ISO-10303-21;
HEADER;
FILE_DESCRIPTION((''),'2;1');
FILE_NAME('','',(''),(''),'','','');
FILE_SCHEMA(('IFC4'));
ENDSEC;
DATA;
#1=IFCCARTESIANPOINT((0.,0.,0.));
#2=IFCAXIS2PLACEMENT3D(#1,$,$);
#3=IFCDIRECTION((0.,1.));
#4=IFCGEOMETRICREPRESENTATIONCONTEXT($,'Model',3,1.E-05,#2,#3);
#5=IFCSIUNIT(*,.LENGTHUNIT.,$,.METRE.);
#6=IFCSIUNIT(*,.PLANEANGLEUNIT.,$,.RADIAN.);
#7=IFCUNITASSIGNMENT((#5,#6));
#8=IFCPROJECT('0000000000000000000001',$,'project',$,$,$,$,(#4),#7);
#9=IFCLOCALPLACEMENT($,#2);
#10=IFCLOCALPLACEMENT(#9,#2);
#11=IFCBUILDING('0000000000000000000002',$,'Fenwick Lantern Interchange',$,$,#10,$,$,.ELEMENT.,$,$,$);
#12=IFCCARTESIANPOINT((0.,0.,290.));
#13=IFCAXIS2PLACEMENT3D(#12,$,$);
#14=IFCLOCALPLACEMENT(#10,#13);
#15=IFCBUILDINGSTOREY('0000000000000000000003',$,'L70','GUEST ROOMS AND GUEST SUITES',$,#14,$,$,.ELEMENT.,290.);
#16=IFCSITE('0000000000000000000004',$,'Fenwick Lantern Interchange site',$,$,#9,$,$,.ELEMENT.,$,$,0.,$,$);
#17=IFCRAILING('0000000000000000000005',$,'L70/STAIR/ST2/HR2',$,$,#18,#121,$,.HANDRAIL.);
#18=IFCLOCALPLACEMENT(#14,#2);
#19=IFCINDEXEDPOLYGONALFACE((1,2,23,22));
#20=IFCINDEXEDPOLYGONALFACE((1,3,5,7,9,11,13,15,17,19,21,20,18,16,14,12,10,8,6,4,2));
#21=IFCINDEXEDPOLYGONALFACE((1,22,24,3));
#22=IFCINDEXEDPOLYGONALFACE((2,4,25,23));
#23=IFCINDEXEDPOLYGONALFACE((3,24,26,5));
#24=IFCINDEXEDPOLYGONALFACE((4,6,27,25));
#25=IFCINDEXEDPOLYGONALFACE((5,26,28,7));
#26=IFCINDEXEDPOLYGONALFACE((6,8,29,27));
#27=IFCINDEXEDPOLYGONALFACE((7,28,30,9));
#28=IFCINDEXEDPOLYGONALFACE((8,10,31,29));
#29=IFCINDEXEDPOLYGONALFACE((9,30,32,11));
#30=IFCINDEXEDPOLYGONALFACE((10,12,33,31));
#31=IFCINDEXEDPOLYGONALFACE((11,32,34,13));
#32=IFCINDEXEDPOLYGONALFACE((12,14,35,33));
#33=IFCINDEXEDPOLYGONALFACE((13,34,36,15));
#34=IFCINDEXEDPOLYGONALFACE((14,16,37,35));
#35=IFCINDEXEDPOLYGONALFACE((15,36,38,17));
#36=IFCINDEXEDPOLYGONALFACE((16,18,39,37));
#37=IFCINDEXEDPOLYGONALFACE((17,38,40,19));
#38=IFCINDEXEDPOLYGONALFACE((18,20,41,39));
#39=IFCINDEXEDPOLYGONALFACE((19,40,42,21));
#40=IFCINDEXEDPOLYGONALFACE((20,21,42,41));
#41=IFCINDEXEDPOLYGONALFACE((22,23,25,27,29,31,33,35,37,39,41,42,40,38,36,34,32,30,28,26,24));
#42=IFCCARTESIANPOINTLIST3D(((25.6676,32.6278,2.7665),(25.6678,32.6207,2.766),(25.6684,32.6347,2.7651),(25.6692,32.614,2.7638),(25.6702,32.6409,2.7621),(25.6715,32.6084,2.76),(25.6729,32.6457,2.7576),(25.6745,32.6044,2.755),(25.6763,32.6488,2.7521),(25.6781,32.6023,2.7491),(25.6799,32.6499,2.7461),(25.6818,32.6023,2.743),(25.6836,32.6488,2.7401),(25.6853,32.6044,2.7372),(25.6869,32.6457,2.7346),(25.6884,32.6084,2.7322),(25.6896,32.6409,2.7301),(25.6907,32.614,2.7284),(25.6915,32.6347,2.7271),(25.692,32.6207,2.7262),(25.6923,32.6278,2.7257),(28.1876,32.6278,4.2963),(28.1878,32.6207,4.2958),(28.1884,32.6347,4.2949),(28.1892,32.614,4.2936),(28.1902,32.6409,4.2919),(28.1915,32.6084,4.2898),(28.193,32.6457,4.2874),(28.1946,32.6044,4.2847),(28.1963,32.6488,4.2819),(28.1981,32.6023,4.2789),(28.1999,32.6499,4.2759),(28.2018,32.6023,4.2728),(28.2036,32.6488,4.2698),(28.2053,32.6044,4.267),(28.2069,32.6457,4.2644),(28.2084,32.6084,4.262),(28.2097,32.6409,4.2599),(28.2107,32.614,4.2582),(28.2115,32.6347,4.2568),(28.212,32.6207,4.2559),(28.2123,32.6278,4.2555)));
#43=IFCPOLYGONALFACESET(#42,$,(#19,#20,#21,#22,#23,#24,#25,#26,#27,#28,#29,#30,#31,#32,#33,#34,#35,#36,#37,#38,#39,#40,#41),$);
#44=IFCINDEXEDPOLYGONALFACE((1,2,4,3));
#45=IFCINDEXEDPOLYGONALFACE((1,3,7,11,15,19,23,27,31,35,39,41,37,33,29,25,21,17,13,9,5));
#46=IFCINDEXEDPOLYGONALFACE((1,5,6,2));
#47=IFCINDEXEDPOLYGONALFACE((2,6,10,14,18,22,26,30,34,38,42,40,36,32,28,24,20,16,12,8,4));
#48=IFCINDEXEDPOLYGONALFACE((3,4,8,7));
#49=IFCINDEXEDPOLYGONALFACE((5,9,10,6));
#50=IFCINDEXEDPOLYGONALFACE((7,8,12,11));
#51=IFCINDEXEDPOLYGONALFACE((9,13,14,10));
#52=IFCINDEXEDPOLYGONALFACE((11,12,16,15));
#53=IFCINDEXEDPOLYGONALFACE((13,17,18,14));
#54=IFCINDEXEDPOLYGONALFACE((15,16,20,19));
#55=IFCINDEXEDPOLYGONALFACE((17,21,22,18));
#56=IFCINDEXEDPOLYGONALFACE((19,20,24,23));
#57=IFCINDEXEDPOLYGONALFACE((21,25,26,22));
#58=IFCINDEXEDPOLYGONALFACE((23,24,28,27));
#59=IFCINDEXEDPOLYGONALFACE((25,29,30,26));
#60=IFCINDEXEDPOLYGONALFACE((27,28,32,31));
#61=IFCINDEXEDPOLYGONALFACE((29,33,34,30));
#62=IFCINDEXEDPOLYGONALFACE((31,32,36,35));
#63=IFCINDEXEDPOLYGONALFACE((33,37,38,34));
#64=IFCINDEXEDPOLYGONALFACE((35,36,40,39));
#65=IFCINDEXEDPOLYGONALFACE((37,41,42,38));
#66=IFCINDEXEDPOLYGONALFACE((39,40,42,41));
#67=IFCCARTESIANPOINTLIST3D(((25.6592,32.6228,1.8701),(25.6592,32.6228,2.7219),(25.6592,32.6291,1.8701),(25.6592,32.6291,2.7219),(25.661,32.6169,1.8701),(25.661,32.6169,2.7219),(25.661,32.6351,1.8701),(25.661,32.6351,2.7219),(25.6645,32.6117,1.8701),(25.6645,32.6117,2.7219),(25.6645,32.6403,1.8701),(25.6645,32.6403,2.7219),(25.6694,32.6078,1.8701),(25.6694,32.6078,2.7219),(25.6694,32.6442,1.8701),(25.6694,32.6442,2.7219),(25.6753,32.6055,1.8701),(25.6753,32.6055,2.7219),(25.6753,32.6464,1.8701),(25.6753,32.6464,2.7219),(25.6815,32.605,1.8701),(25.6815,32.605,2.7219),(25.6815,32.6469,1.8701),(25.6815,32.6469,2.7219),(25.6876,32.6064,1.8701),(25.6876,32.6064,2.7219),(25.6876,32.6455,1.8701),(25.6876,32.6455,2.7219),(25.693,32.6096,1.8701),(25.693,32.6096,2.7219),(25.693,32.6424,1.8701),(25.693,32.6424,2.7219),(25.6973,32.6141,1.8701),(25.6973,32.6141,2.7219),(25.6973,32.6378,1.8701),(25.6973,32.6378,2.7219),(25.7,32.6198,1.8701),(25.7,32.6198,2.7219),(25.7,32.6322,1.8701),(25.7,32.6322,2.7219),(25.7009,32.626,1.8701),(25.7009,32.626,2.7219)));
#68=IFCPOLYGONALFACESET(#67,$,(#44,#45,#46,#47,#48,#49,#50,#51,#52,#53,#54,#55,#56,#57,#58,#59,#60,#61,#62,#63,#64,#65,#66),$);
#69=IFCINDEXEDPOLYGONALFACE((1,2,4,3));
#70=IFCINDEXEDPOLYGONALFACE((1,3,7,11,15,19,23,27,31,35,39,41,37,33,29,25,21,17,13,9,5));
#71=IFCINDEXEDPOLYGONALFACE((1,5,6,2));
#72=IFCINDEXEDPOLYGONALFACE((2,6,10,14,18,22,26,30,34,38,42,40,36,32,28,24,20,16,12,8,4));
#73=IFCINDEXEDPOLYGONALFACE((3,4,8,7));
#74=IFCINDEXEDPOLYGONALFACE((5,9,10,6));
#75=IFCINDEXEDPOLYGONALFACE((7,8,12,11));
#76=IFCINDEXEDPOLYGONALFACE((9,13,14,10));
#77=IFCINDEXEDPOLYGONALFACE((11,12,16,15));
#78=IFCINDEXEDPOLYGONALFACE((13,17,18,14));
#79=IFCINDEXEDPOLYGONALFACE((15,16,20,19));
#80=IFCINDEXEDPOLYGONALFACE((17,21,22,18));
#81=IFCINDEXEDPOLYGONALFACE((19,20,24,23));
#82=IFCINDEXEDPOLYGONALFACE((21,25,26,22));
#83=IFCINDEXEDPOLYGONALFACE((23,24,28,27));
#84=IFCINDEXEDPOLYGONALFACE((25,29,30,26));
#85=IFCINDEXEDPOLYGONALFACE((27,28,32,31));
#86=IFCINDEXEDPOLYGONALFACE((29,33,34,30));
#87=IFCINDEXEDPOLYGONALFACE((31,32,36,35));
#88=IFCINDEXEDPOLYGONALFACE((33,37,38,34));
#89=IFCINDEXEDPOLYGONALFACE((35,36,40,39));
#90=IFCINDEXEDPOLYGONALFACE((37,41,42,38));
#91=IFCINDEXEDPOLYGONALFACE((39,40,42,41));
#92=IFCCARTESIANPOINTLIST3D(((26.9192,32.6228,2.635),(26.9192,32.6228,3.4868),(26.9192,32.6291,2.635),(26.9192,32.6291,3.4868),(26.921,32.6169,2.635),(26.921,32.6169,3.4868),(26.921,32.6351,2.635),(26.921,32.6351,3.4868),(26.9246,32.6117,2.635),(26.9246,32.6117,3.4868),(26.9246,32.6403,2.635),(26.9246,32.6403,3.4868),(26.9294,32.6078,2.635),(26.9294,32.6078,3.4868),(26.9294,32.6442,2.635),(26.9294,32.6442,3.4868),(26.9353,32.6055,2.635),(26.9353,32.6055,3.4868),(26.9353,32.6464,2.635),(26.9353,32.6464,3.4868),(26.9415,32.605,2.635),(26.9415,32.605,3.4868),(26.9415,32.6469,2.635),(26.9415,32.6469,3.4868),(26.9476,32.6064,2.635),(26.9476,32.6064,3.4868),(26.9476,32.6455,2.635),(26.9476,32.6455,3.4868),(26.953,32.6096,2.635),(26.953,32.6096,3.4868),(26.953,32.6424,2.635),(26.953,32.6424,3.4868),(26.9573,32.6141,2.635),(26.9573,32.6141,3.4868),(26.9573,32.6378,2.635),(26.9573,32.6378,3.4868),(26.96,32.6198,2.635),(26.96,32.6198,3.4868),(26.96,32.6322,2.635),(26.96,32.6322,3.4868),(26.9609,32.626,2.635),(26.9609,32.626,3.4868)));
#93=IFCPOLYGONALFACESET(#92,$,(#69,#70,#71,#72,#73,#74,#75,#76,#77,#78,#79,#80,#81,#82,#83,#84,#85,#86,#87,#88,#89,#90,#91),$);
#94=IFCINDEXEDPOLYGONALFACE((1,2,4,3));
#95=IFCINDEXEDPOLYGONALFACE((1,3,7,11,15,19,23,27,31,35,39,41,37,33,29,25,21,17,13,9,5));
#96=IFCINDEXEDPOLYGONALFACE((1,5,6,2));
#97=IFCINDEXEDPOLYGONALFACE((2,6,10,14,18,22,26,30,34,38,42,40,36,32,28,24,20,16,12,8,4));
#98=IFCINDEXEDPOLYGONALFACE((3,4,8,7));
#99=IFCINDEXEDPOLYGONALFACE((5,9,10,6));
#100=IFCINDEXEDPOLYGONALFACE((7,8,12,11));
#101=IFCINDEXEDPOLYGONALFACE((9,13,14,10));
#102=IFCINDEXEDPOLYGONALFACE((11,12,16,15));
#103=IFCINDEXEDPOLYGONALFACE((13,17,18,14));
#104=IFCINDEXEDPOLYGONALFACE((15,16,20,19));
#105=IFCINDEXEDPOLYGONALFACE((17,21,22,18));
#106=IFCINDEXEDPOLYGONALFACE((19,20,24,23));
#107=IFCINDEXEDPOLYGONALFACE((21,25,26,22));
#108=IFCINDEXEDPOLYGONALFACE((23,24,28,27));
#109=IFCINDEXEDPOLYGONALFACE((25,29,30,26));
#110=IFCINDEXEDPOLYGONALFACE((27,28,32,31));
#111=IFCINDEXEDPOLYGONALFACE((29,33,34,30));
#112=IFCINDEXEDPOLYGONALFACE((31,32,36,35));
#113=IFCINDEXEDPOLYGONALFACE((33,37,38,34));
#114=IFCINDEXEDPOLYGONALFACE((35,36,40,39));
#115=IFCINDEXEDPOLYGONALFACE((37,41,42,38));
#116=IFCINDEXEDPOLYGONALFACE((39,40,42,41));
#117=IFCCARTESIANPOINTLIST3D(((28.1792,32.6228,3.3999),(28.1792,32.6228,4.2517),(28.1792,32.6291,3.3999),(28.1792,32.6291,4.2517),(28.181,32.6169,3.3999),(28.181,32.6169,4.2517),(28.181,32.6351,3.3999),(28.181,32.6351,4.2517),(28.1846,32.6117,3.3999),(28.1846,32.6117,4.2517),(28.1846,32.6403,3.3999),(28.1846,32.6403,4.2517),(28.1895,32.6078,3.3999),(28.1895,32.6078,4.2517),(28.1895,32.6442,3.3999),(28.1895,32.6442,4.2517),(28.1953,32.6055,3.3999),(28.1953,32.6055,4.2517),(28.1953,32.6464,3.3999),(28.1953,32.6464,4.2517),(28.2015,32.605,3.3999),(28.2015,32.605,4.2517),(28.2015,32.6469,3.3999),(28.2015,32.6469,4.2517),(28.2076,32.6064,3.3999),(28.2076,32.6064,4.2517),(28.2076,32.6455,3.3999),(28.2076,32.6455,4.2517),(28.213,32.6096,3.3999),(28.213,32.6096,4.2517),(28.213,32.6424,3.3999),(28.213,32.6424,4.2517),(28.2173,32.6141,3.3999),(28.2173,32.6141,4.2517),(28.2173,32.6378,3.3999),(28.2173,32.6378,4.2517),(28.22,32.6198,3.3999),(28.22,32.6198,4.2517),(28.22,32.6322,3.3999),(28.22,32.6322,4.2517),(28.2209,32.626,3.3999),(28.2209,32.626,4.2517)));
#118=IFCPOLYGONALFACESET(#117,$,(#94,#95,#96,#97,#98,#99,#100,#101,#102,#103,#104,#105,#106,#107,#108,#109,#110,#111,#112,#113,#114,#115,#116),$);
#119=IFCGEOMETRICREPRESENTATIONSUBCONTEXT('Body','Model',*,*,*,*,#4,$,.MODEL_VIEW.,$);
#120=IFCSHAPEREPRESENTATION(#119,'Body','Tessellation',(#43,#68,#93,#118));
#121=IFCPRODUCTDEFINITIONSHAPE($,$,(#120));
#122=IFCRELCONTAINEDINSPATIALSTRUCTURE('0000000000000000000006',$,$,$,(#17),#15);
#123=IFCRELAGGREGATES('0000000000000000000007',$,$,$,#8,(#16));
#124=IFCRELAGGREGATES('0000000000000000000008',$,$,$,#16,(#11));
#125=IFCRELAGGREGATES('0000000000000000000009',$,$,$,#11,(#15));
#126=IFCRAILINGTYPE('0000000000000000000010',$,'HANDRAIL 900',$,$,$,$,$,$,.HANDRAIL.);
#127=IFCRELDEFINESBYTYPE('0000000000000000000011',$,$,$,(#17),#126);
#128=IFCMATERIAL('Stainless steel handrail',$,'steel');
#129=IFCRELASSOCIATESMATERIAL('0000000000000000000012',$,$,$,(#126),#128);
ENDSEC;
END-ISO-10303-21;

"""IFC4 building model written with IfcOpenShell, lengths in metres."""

from ifc_helpers import new_model, si_unit, direction, frame, origin, origin_2d, place, context, subcontext, project, spatial, circle, extrude, material, type_object, element, save


model = new_model("IFC4")

# Units and contexts
model_context = context("Model", 3, precision=1e-05, world=origin(), true_north=direction((0.0, 1.0)))
body_context = subcontext(model_context, "Body", "Model", "MODEL_VIEW")
ifc_project = project(units=[si_unit("LENGTHUNIT", "METRE"), si_unit("PLANEANGLEUNIT", "RADIAN")], contexts=[model_context])

# Site, building, storey
site_placement = place(None, origin())
site = spatial("IfcSite", under=ifc_project, at=site_placement, Name="Fenwick Lantern Interchange site", CompositionType="ELEMENT", RefElevation=0.0)
building_placement = place(site_placement, origin())
building = spatial("IfcBuilding", under=site, at=building_placement, Name="Fenwick Lantern Interchange", CompositionType="ELEMENT")
storey_placement = place(building_placement, frame((0.0, 0.0, 290.0)))
storey = spatial("IfcBuildingStorey", under=building, at=storey_placement, Name="L70", Description="GUEST ROOMS AND GUEST SUITES", CompositionType="ELEMENT", Elevation=290.0)

# Railing
ifc_material_1 = material(Name="Stainless steel handrail", Category="steel")
railing_type = type_object("IfcRailingType", Name="HANDRAIL 900", PredefinedType="HANDRAIL", material=ifc_material_1)
railing_1_placement = place(storey_placement, frame((25.6799, 32.626, 1.8701)))
element("IfcRailing", 1, at=railing_1_placement, inside=storey, type_object=railing_type, Name="L70/STAIR/ST2/HR2", PredefinedType="HANDRAIL", context=body_context, shape_type="SweptSolid", body=[
    extrude(circle(Radius=0.0239, at=origin_2d()), frame((0.0, 0.0, 0.876), z_axis=(0.854822, 0.0, 0.518922), x_axis=(0.0, 1.0, 0.0)), (0.0, 0.0, 1.0), 2.948),
    extrude(circle(Radius=0.021, at=origin_2d()), origin(), (0.0, 0.0, 1.0), 0.8518),
    extrude(circle(Radius=0.021, at=origin_2d()), frame((1.26, 0.0, 0.7649)), (0.0, 0.0, 1.0), 0.8518),
    extrude(circle(Radius=0.021, at=origin_2d()), frame((2.52, 0.0, 1.5298)), (0.0, 0.0, 1.0), 0.8518),
])

save(model, "model.ifc")
